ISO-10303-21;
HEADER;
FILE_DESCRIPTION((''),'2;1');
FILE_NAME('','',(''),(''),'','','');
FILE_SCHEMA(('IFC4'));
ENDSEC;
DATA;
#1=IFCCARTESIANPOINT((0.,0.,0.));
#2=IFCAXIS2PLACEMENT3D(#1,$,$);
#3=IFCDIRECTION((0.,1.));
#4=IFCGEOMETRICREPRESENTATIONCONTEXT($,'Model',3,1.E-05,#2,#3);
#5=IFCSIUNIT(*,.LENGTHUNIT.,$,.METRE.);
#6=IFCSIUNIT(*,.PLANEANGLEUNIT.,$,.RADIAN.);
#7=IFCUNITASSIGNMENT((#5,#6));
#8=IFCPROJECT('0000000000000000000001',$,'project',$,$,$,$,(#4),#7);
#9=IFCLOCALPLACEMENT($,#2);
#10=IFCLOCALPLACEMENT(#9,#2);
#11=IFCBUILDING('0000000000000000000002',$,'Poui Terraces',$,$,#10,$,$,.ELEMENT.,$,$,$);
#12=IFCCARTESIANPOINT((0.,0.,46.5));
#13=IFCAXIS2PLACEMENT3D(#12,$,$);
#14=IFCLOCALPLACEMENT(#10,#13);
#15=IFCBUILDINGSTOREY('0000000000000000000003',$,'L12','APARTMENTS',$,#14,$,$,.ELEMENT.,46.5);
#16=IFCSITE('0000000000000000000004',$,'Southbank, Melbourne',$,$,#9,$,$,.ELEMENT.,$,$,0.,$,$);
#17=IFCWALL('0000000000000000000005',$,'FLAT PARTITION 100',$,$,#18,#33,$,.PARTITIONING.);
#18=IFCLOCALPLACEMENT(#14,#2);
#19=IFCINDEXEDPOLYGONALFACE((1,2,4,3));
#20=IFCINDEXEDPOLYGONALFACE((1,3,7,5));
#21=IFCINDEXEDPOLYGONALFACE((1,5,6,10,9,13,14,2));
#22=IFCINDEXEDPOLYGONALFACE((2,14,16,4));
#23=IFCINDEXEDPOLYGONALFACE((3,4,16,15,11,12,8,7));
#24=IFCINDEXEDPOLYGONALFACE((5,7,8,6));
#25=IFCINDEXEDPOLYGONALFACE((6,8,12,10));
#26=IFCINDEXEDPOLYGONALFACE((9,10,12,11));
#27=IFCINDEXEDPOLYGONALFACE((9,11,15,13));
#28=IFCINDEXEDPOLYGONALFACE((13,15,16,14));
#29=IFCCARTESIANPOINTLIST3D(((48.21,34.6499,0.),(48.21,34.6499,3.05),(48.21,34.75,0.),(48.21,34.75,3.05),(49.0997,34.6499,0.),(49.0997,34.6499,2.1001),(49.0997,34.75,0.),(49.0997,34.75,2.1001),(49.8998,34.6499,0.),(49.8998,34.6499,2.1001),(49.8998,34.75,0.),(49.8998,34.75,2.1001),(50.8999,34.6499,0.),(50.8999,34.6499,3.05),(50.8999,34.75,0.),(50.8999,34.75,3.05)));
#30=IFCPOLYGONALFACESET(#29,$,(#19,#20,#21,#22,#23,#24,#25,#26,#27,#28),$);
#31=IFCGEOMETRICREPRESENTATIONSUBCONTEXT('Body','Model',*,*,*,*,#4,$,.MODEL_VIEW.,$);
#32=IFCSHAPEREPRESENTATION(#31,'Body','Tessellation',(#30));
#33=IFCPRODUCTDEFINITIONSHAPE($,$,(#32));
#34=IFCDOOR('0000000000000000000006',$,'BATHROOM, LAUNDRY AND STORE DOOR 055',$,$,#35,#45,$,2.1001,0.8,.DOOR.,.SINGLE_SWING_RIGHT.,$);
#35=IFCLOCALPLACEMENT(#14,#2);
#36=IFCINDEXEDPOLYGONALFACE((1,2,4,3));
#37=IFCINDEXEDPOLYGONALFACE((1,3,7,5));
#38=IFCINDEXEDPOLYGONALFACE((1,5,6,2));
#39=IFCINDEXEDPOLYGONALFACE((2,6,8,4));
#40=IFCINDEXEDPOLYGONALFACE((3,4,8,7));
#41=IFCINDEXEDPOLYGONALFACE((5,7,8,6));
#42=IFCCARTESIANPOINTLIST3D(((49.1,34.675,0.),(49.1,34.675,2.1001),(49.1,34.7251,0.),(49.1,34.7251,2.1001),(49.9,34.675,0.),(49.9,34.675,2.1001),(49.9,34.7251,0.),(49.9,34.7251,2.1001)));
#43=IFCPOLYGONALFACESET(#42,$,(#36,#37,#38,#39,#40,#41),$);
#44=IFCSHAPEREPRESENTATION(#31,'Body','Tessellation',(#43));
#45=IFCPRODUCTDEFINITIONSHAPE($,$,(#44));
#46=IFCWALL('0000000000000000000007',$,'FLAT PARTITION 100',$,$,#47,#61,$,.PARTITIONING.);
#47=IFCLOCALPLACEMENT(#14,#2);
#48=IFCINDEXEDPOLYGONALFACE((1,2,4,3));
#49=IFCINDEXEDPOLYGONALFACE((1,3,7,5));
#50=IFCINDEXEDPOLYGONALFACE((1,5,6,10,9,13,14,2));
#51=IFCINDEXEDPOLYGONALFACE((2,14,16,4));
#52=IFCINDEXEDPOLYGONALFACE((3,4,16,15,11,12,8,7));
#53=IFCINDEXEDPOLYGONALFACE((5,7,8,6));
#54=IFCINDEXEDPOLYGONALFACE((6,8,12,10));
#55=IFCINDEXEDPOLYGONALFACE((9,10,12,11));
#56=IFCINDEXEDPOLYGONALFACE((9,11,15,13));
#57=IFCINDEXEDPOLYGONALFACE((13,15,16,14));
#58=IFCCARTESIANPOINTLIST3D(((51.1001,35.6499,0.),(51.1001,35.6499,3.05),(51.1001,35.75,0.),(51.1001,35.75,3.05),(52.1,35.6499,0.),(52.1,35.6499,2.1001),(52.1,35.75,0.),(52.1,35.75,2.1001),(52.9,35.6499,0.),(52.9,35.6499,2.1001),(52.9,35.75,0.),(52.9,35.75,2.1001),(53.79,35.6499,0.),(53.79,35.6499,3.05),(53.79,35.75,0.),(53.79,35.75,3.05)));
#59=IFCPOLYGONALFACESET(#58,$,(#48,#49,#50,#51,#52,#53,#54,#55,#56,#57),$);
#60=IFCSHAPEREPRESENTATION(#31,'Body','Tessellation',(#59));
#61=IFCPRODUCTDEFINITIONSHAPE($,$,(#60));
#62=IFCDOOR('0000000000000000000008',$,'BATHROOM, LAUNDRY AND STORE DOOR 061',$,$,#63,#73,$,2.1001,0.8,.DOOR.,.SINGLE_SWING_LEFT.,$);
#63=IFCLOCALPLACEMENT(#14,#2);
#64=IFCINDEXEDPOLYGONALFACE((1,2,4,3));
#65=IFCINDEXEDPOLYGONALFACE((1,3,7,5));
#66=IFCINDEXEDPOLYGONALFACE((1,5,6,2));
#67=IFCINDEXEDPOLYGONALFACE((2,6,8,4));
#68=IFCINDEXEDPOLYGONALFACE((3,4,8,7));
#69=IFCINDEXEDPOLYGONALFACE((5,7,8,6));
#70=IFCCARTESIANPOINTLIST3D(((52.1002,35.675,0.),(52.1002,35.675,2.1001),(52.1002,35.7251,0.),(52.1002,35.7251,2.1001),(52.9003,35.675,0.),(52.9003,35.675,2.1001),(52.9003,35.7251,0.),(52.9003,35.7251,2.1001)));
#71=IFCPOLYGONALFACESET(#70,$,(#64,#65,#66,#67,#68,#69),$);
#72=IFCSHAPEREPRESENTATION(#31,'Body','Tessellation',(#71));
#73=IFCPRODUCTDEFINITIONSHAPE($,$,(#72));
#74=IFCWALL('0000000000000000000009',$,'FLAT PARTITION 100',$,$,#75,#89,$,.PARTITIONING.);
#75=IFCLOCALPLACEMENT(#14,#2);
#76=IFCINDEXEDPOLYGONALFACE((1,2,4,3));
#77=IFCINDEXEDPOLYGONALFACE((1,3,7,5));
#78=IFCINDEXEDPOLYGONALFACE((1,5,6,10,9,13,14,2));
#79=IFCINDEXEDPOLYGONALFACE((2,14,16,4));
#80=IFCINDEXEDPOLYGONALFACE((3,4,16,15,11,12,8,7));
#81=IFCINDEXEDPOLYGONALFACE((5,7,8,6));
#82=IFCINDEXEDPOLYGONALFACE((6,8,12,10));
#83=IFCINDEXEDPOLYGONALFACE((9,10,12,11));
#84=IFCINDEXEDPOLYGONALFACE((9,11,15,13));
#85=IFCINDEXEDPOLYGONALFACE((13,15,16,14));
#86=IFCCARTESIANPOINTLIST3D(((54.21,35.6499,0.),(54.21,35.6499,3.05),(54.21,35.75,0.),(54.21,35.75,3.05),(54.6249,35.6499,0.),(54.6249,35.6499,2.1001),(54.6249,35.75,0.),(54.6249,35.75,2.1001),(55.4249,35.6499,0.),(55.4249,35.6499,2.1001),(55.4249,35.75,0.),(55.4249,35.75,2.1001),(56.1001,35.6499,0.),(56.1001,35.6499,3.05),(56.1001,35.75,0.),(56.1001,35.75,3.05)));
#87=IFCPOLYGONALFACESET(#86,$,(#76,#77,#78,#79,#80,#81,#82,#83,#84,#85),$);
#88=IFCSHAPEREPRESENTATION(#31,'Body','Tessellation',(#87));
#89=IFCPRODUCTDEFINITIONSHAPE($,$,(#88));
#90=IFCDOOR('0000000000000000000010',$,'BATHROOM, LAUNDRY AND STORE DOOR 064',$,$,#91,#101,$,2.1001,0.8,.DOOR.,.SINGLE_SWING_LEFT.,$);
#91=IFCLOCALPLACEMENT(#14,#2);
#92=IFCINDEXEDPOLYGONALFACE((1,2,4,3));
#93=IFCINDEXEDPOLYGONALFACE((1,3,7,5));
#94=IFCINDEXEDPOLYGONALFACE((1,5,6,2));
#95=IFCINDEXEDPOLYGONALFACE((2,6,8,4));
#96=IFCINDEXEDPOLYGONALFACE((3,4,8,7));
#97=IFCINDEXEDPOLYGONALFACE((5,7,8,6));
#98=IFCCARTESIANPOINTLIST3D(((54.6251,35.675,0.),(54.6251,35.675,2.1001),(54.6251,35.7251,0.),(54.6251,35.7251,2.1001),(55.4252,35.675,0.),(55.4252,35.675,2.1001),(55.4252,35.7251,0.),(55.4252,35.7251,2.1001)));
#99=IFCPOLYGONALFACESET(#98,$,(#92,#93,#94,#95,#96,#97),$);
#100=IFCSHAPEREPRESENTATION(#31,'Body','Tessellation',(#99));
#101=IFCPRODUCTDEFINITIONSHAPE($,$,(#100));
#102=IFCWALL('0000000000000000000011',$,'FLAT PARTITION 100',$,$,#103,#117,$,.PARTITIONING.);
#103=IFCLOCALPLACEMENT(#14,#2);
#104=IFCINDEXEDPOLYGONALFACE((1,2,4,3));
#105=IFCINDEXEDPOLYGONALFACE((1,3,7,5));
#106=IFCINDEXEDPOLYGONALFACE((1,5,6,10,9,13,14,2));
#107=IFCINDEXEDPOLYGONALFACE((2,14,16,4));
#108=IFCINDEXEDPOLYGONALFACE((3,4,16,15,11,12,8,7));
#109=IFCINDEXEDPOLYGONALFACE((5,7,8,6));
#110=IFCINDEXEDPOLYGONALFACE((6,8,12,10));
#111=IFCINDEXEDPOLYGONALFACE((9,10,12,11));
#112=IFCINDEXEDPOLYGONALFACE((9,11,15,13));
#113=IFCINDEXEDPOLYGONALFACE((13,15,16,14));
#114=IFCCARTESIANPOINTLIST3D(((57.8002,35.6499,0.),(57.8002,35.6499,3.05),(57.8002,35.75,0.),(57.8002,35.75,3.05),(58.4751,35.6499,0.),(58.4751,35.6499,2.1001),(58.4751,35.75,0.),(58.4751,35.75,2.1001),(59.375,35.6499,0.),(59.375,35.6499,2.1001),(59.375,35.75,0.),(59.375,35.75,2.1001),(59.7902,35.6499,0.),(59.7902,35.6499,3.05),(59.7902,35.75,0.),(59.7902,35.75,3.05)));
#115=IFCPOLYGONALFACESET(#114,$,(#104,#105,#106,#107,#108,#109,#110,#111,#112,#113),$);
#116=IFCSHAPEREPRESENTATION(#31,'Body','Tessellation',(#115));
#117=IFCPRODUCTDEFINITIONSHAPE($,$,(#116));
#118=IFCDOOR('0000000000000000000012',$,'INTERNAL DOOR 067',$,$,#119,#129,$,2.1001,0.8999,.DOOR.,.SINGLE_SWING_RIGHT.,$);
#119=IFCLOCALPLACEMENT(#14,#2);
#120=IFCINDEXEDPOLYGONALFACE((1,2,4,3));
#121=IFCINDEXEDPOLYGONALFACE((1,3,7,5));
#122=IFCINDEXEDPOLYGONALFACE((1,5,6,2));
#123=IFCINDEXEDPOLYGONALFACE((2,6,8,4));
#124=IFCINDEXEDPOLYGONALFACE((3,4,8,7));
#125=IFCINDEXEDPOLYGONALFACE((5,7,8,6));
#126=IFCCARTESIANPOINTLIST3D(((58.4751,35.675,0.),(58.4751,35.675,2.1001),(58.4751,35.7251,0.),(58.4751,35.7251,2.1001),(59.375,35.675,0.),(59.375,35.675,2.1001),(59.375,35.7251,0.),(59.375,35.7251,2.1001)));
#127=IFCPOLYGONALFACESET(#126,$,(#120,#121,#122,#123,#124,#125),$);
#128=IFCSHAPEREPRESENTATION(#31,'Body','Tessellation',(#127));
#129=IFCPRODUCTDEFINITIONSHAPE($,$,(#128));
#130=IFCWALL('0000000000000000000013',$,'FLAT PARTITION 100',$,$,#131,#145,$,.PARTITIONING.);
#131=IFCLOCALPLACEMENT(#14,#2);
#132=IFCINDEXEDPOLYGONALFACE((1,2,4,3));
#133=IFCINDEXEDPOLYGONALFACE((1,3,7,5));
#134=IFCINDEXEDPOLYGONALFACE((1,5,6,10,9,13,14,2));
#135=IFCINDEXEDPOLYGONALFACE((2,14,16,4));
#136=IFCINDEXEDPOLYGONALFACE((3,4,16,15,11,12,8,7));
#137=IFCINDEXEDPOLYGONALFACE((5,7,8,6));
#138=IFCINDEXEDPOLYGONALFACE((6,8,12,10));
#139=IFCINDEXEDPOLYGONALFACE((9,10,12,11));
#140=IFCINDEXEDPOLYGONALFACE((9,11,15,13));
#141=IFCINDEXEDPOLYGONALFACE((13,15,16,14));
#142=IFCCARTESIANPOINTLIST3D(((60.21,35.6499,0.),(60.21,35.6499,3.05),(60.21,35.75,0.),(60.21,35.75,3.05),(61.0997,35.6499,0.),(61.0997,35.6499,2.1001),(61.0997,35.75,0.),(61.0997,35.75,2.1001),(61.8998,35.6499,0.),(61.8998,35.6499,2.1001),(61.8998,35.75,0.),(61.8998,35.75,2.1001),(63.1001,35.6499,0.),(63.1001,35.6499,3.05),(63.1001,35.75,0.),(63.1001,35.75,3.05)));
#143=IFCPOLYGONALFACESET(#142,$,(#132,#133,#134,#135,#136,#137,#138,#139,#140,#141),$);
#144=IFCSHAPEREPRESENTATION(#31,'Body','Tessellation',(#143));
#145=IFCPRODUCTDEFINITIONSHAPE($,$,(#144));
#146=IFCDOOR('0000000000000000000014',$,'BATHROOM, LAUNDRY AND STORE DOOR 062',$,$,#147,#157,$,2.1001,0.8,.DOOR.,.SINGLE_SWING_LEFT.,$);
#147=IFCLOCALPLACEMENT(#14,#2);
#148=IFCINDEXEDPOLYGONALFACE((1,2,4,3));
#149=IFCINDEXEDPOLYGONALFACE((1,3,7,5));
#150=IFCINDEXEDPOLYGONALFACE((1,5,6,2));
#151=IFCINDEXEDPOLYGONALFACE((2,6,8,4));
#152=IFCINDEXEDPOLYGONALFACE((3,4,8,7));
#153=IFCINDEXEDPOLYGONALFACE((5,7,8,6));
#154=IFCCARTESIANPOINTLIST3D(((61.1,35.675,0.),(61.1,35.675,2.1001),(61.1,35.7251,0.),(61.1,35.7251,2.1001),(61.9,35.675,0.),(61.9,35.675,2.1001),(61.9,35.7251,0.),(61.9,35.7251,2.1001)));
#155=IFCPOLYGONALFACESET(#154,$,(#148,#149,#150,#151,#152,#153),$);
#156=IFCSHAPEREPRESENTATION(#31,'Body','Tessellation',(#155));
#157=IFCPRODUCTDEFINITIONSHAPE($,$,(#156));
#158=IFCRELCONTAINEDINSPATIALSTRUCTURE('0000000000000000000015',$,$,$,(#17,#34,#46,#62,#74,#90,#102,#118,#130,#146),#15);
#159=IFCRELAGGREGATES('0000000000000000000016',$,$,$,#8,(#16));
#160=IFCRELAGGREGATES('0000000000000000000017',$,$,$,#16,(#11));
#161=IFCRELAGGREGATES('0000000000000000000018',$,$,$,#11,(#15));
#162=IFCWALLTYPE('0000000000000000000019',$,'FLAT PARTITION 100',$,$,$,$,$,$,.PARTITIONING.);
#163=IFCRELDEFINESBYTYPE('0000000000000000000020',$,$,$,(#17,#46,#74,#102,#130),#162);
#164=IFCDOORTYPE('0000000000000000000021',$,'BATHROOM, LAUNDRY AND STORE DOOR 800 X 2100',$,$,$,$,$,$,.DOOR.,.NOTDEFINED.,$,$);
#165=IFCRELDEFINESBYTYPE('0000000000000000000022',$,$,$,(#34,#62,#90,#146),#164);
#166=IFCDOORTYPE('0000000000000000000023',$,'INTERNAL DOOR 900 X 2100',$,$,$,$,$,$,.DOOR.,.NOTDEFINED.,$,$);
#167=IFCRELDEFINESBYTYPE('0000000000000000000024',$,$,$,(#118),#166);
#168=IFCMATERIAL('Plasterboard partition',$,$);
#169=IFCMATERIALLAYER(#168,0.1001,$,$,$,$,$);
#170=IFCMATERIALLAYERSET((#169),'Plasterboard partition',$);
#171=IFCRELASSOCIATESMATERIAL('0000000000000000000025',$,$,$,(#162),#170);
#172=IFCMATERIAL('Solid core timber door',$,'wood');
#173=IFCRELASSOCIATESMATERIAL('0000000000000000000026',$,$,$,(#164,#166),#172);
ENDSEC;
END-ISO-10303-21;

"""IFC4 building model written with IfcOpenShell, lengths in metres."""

from ifc_helpers import new_model, si_unit, direction, frame, frame_2d, origin, place, context, subcontext, project, spatial, rectangle, extrude, material, layer, layer_set, type_object, element, fill, save


model = new_model("IFC4")

# Units and contexts
model_context = context("Model", 3, precision=1e-05, world=origin(), true_north=direction((0.0, 1.0)))
body_context = subcontext(model_context, "Body", "Model", "MODEL_VIEW")
ifc_project = project(units=[si_unit("LENGTHUNIT", "METRE"), si_unit("PLANEANGLEUNIT", "RADIAN")], contexts=[model_context])

# Site, building, storey
site_placement = place(None, origin())
site = spatial("IfcSite", under=ifc_project, at=site_placement, Name="Southbank, Melbourne", CompositionType="ELEMENT", RefElevation=0.0)
building_placement = place(site_placement, origin())
building = spatial("IfcBuilding", under=site, at=building_placement, Name="Poui Terraces", CompositionType="ELEMENT")
storey_placement = place(building_placement, frame((0.0, 0.0, 46.5)))
storey = spatial("IfcBuildingStorey", under=building, at=storey_placement, Name="L12", Description="APARTMENTS", CompositionType="ELEMENT", Elevation=46.5)

# Walls, openings, doors
ifc_material_1 = material(Name="Plasterboard partition")
ifc_layer_1 = layer(ifc_material_1, 0.1001)
ifc_layer_set_1 = layer_set([ifc_layer_1], Name="Plasterboard partition")
wall_type_1 = type_object("IfcWallType", Name="FLAT PARTITION 100", PredefinedType="PARTITIONING", material=ifc_layer_set_1)
wall_1_placement = place(storey_placement, frame((48.21, 34.7, 0.0), z_axis=(0.0, 0.0, 1.0), x_axis=(1.0, 0.0, 0.0)))
wall_1 = element("IfcWall", 1, at=wall_1_placement, inside=storey, type_object=wall_type_1, Name="FLAT PARTITION 100", PredefinedType="PARTITIONING", context=body_context, shape_type="SweptSolid", body=[
    extrude(rectangle(XDim=2.6899, YDim=0.1001, at=frame_2d((1.345, 0.0))), origin(), (0.0, 0.0, 1.0), 3.05),
])
opening_1_placement = place(wall_1_placement, frame((0.8899, 0.0, 0.0)))
opening_1 = element("IfcOpeningElement", 2, at=opening_1_placement, cuts=wall_1, PredefinedType="OPENING", context=body_context, shape_type="SweptSolid", body=[
    extrude(rectangle(XDim=0.8, YDim=2.1001, at=frame_2d((0.3999, 1.05))), frame((0.0, 0.0601, 0.0), z_axis=(0.0, -1.0, 0.0), x_axis=(1.0, 0.0, 0.0)), (0.0, 0.0, 1.0), 0.1201),
])
ifc_material_2 = material(Name="Solid core timber door", Category="wood")
door_type_1 = type_object("IfcDoorType", Name="BATHROOM, LAUNDRY AND STORE DOOR 800 X 2100", OperationType="NOTDEFINED", PredefinedType="DOOR", material=ifc_material_2)
door_1_placement = place(opening_1_placement, frame((0.8, 0.0, 0.0), z_axis=(0.0, 0.0, 1.0), x_axis=(-1.0, 0.0, 0.0)))
door_1 = element("IfcDoor", 3, at=door_1_placement, inside=storey, type_object=door_type_1, Name="BATHROOM, LAUNDRY AND STORE DOOR 055", OperationType="SINGLE_SWING_RIGHT", OverallHeight=2.1001, OverallWidth=0.8, PredefinedType="DOOR", context=body_context, shape_type="SweptSolid", body=[
    extrude(rectangle(XDim=0.8, YDim=2.1001, at=frame_2d((0.3999, 1.05))), frame((0.0, 0.0249, 0.0), z_axis=(0.0, -1.0, 0.0), x_axis=(1.0, 0.0, 0.0)), (0.0, 0.0, 1.0), 0.05),
])
fill(opening_1, door_1)
wall_2_placement = place(storey_placement, frame((51.1001, 35.7, 0.0), z_axis=(0.0, 0.0, 1.0), x_axis=(1.0, 0.0, 0.0)))
wall_2 = element("IfcWall", 4, at=wall_2_placement, inside=storey, type_object=wall_type_1, Name="FLAT PARTITION 100", PredefinedType="PARTITIONING", context=body_context, shape_type="SweptSolid", body=[
    extrude(rectangle(XDim=2.6899, YDim=0.1001, at=frame_2d((1.345, 0.0))), origin(), (0.0, 0.0, 1.0), 3.05),
])
opening_2_placement = place(wall_2_placement, frame((1.0, 0.0, 0.0)))
opening_2 = element("IfcOpeningElement", 5, at=opening_2_placement, cuts=wall_2, PredefinedType="OPENING", context=body_context, shape_type="SweptSolid", body=[
    extrude(rectangle(XDim=0.8, YDim=2.1001, at=frame_2d((0.3999, 1.05))), frame((0.0, 0.0601, 0.0), z_axis=(0.0, -1.0, 0.0), x_axis=(1.0, 0.0, 0.0)), (0.0, 0.0, 1.0), 0.1201),
])
door_2_placement = place(opening_2_placement, frame((0.8, 0.0, 0.0), z_axis=(0.0, 0.0, 1.0), x_axis=(-1.0, 0.0, 0.0)))
door_2 = element("IfcDoor", 6, at=door_2_placement, inside=storey, type_object=door_type_1, Name="BATHROOM, LAUNDRY AND STORE DOOR 061", OperationType="SINGLE_SWING_LEFT", OverallHeight=2.1001, OverallWidth=0.8, PredefinedType="DOOR", context=body_context, shape_type="SweptSolid", body=[
    extrude(rectangle(XDim=0.8, YDim=2.1001, at=frame_2d((0.3999, 1.05))), frame((0.0, 0.0249, 0.0), z_axis=(0.0, -1.0, 0.0), x_axis=(1.0, 0.0, 0.0)), (0.0, 0.0, 1.0), 0.05),
])
fill(opening_2, door_2)
wall_3_placement = place(storey_placement, frame((54.21, 35.7, 0.0), z_axis=(0.0, 0.0, 1.0), x_axis=(1.0, 0.0, 0.0)))
wall_3 = element("IfcWall", 7, at=wall_3_placement, inside=storey, type_object=wall_type_1, Name="FLAT PARTITION 100", PredefinedType="PARTITIONING", context=body_context, shape_type="SweptSolid", body=[
    extrude(rectangle(XDim=1.8901, YDim=0.1001, at=frame_2d((0.9451, 0.0))), origin(), (0.0, 0.0, 1.0), 3.05),
])
opening_3_placement = place(wall_3_placement, frame((0.415, 0.0, 0.0)))
opening_3 = element("IfcOpeningElement", 8, at=opening_3_placement, cuts=wall_3, PredefinedType="OPENING", context=body_context, shape_type="SweptSolid", body=[
    extrude(rectangle(XDim=0.8, YDim=2.1001, at=frame_2d((0.3999, 1.05))), frame((0.0, 0.0601, 0.0), z_axis=(0.0, -1.0, 0.0), x_axis=(1.0, 0.0, 0.0)), (0.0, 0.0, 1.0), 0.1201),
])
door_3_placement = place(opening_3_placement, frame((0.8, 0.0, 0.0), z_axis=(0.0, 0.0, 1.0), x_axis=(-1.0, 0.0, 0.0)))
door_3 = element("IfcDoor", 9, at=door_3_placement, inside=storey, type_object=door_type_1, Name="BATHROOM, LAUNDRY AND STORE DOOR 064", OperationType="SINGLE_SWING_LEFT", OverallHeight=2.1001, OverallWidth=0.8, PredefinedType="DOOR", context=body_context, shape_type="SweptSolid", body=[
    extrude(rectangle(XDim=0.8, YDim=2.1001, at=frame_2d((0.3999, 1.05))), frame((0.0, 0.0249, 0.0), z_axis=(0.0, -1.0, 0.0), x_axis=(1.0, 0.0, 0.0)), (0.0, 0.0, 1.0), 0.05),
])
fill(opening_3, door_3)
wall_4_placement = place(storey_placement, frame((57.8, 35.7, 0.0), z_axis=(0.0, 0.0, 1.0), x_axis=(1.0, 0.0, 0.0)))
wall_4 = element("IfcWall", 10, at=wall_4_placement, inside=storey, type_object=wall_type_1, Name="FLAT PARTITION 100", PredefinedType="PARTITIONING", context=body_context, shape_type="SweptSolid", body=[
    extrude(rectangle(XDim=1.99, YDim=0.1001, at=frame_2d((0.9951, 0.0))), origin(), (0.0, 0.0, 1.0), 3.05),
])
opening_4_placement = place(wall_4_placement, frame((0.675, 0.0, 0.0)))
opening_4 = element("IfcOpeningElement", 11, at=opening_4_placement, cuts=wall_4, PredefinedType="OPENING", context=body_context, shape_type="SweptSolid", body=[
    extrude(rectangle(XDim=0.8999, YDim=2.1001, at=frame_2d((0.45, 1.05))), frame((0.0, 0.0601, 0.0), z_axis=(0.0, -1.0, 0.0), x_axis=(1.0, 0.0, 0.0)), (0.0, 0.0, 1.0), 0.1201),
])
door_type_2 = type_object("IfcDoorType", Name="INTERNAL DOOR 900 X 2100", OperationType="NOTDEFINED", PredefinedType="DOOR", material=ifc_material_2)
door_4_placement = place(opening_4_placement, frame((0.8999, 0.0, 0.0), z_axis=(0.0, 0.0, 1.0), x_axis=(-1.0, 0.0, 0.0)))
door_4 = element("IfcDoor", 12, at=door_4_placement, inside=storey, type_object=door_type_2, Name="INTERNAL DOOR 067", OperationType="SINGLE_SWING_RIGHT", OverallHeight=2.1001, OverallWidth=0.8999, PredefinedType="DOOR", context=body_context, shape_type="SweptSolid", body=[
    extrude(rectangle(XDim=0.8999, YDim=2.1001, at=frame_2d((0.45, 1.05))), frame((0.0, 0.0249, 0.0), z_axis=(0.0, -1.0, 0.0), x_axis=(1.0, 0.0, 0.0)), (0.0, 0.0, 1.0), 0.05),
])
fill(opening_4, door_4)
wall_5_placement = place(storey_placement, frame((60.21, 35.7, 0.0), z_axis=(0.0, 0.0, 1.0), x_axis=(1.0, 0.0, 0.0)))
wall_5 = element("IfcWall", 13, at=wall_5_placement, inside=storey, type_object=wall_type_1, Name="FLAT PARTITION 100", PredefinedType="PARTITIONING", context=body_context, shape_type="SweptSolid", body=[
    extrude(rectangle(XDim=2.8901, YDim=0.1001, at=frame_2d((1.4451, 0.0))), origin(), (0.0, 0.0, 1.0), 3.05),
])
opening_5_placement = place(wall_5_placement, frame((0.8899, 0.0, 0.0)))
opening_5 = element("IfcOpeningElement", 14, at=opening_5_placement, cuts=wall_5, PredefinedType="OPENING", context=body_context, shape_type="SweptSolid", body=[
    extrude(rectangle(XDim=0.8, YDim=2.1001, at=frame_2d((0.3999, 1.05))), frame((0.0, 0.0601, 0.0), z_axis=(0.0, -1.0, 0.0), x_axis=(1.0, 0.0, 0.0)), (0.0, 0.0, 1.0), 0.1201),
])
door_5_placement = place(opening_5_placement, frame((0.8, 0.0, 0.0), z_axis=(0.0, 0.0, 1.0), x_axis=(-1.0, 0.0, 0.0)))
door_5 = element("IfcDoor", 15, at=door_5_placement, inside=storey, type_object=door_type_1, Name="BATHROOM, LAUNDRY AND STORE DOOR 062", OperationType="SINGLE_SWING_LEFT", OverallHeight=2.1001, OverallWidth=0.8, PredefinedType="DOOR", context=body_context, shape_type="SweptSolid", body=[
    extrude(rectangle(XDim=0.8, YDim=2.1001, at=frame_2d((0.3999, 1.05))), frame((0.0, 0.0249, 0.0), z_axis=(0.0, -1.0, 0.0), x_axis=(1.0, 0.0, 0.0)), (0.0, 0.0, 1.0), 0.05),
])
fill(opening_5, door_5)

save(model, "model.ifc")
